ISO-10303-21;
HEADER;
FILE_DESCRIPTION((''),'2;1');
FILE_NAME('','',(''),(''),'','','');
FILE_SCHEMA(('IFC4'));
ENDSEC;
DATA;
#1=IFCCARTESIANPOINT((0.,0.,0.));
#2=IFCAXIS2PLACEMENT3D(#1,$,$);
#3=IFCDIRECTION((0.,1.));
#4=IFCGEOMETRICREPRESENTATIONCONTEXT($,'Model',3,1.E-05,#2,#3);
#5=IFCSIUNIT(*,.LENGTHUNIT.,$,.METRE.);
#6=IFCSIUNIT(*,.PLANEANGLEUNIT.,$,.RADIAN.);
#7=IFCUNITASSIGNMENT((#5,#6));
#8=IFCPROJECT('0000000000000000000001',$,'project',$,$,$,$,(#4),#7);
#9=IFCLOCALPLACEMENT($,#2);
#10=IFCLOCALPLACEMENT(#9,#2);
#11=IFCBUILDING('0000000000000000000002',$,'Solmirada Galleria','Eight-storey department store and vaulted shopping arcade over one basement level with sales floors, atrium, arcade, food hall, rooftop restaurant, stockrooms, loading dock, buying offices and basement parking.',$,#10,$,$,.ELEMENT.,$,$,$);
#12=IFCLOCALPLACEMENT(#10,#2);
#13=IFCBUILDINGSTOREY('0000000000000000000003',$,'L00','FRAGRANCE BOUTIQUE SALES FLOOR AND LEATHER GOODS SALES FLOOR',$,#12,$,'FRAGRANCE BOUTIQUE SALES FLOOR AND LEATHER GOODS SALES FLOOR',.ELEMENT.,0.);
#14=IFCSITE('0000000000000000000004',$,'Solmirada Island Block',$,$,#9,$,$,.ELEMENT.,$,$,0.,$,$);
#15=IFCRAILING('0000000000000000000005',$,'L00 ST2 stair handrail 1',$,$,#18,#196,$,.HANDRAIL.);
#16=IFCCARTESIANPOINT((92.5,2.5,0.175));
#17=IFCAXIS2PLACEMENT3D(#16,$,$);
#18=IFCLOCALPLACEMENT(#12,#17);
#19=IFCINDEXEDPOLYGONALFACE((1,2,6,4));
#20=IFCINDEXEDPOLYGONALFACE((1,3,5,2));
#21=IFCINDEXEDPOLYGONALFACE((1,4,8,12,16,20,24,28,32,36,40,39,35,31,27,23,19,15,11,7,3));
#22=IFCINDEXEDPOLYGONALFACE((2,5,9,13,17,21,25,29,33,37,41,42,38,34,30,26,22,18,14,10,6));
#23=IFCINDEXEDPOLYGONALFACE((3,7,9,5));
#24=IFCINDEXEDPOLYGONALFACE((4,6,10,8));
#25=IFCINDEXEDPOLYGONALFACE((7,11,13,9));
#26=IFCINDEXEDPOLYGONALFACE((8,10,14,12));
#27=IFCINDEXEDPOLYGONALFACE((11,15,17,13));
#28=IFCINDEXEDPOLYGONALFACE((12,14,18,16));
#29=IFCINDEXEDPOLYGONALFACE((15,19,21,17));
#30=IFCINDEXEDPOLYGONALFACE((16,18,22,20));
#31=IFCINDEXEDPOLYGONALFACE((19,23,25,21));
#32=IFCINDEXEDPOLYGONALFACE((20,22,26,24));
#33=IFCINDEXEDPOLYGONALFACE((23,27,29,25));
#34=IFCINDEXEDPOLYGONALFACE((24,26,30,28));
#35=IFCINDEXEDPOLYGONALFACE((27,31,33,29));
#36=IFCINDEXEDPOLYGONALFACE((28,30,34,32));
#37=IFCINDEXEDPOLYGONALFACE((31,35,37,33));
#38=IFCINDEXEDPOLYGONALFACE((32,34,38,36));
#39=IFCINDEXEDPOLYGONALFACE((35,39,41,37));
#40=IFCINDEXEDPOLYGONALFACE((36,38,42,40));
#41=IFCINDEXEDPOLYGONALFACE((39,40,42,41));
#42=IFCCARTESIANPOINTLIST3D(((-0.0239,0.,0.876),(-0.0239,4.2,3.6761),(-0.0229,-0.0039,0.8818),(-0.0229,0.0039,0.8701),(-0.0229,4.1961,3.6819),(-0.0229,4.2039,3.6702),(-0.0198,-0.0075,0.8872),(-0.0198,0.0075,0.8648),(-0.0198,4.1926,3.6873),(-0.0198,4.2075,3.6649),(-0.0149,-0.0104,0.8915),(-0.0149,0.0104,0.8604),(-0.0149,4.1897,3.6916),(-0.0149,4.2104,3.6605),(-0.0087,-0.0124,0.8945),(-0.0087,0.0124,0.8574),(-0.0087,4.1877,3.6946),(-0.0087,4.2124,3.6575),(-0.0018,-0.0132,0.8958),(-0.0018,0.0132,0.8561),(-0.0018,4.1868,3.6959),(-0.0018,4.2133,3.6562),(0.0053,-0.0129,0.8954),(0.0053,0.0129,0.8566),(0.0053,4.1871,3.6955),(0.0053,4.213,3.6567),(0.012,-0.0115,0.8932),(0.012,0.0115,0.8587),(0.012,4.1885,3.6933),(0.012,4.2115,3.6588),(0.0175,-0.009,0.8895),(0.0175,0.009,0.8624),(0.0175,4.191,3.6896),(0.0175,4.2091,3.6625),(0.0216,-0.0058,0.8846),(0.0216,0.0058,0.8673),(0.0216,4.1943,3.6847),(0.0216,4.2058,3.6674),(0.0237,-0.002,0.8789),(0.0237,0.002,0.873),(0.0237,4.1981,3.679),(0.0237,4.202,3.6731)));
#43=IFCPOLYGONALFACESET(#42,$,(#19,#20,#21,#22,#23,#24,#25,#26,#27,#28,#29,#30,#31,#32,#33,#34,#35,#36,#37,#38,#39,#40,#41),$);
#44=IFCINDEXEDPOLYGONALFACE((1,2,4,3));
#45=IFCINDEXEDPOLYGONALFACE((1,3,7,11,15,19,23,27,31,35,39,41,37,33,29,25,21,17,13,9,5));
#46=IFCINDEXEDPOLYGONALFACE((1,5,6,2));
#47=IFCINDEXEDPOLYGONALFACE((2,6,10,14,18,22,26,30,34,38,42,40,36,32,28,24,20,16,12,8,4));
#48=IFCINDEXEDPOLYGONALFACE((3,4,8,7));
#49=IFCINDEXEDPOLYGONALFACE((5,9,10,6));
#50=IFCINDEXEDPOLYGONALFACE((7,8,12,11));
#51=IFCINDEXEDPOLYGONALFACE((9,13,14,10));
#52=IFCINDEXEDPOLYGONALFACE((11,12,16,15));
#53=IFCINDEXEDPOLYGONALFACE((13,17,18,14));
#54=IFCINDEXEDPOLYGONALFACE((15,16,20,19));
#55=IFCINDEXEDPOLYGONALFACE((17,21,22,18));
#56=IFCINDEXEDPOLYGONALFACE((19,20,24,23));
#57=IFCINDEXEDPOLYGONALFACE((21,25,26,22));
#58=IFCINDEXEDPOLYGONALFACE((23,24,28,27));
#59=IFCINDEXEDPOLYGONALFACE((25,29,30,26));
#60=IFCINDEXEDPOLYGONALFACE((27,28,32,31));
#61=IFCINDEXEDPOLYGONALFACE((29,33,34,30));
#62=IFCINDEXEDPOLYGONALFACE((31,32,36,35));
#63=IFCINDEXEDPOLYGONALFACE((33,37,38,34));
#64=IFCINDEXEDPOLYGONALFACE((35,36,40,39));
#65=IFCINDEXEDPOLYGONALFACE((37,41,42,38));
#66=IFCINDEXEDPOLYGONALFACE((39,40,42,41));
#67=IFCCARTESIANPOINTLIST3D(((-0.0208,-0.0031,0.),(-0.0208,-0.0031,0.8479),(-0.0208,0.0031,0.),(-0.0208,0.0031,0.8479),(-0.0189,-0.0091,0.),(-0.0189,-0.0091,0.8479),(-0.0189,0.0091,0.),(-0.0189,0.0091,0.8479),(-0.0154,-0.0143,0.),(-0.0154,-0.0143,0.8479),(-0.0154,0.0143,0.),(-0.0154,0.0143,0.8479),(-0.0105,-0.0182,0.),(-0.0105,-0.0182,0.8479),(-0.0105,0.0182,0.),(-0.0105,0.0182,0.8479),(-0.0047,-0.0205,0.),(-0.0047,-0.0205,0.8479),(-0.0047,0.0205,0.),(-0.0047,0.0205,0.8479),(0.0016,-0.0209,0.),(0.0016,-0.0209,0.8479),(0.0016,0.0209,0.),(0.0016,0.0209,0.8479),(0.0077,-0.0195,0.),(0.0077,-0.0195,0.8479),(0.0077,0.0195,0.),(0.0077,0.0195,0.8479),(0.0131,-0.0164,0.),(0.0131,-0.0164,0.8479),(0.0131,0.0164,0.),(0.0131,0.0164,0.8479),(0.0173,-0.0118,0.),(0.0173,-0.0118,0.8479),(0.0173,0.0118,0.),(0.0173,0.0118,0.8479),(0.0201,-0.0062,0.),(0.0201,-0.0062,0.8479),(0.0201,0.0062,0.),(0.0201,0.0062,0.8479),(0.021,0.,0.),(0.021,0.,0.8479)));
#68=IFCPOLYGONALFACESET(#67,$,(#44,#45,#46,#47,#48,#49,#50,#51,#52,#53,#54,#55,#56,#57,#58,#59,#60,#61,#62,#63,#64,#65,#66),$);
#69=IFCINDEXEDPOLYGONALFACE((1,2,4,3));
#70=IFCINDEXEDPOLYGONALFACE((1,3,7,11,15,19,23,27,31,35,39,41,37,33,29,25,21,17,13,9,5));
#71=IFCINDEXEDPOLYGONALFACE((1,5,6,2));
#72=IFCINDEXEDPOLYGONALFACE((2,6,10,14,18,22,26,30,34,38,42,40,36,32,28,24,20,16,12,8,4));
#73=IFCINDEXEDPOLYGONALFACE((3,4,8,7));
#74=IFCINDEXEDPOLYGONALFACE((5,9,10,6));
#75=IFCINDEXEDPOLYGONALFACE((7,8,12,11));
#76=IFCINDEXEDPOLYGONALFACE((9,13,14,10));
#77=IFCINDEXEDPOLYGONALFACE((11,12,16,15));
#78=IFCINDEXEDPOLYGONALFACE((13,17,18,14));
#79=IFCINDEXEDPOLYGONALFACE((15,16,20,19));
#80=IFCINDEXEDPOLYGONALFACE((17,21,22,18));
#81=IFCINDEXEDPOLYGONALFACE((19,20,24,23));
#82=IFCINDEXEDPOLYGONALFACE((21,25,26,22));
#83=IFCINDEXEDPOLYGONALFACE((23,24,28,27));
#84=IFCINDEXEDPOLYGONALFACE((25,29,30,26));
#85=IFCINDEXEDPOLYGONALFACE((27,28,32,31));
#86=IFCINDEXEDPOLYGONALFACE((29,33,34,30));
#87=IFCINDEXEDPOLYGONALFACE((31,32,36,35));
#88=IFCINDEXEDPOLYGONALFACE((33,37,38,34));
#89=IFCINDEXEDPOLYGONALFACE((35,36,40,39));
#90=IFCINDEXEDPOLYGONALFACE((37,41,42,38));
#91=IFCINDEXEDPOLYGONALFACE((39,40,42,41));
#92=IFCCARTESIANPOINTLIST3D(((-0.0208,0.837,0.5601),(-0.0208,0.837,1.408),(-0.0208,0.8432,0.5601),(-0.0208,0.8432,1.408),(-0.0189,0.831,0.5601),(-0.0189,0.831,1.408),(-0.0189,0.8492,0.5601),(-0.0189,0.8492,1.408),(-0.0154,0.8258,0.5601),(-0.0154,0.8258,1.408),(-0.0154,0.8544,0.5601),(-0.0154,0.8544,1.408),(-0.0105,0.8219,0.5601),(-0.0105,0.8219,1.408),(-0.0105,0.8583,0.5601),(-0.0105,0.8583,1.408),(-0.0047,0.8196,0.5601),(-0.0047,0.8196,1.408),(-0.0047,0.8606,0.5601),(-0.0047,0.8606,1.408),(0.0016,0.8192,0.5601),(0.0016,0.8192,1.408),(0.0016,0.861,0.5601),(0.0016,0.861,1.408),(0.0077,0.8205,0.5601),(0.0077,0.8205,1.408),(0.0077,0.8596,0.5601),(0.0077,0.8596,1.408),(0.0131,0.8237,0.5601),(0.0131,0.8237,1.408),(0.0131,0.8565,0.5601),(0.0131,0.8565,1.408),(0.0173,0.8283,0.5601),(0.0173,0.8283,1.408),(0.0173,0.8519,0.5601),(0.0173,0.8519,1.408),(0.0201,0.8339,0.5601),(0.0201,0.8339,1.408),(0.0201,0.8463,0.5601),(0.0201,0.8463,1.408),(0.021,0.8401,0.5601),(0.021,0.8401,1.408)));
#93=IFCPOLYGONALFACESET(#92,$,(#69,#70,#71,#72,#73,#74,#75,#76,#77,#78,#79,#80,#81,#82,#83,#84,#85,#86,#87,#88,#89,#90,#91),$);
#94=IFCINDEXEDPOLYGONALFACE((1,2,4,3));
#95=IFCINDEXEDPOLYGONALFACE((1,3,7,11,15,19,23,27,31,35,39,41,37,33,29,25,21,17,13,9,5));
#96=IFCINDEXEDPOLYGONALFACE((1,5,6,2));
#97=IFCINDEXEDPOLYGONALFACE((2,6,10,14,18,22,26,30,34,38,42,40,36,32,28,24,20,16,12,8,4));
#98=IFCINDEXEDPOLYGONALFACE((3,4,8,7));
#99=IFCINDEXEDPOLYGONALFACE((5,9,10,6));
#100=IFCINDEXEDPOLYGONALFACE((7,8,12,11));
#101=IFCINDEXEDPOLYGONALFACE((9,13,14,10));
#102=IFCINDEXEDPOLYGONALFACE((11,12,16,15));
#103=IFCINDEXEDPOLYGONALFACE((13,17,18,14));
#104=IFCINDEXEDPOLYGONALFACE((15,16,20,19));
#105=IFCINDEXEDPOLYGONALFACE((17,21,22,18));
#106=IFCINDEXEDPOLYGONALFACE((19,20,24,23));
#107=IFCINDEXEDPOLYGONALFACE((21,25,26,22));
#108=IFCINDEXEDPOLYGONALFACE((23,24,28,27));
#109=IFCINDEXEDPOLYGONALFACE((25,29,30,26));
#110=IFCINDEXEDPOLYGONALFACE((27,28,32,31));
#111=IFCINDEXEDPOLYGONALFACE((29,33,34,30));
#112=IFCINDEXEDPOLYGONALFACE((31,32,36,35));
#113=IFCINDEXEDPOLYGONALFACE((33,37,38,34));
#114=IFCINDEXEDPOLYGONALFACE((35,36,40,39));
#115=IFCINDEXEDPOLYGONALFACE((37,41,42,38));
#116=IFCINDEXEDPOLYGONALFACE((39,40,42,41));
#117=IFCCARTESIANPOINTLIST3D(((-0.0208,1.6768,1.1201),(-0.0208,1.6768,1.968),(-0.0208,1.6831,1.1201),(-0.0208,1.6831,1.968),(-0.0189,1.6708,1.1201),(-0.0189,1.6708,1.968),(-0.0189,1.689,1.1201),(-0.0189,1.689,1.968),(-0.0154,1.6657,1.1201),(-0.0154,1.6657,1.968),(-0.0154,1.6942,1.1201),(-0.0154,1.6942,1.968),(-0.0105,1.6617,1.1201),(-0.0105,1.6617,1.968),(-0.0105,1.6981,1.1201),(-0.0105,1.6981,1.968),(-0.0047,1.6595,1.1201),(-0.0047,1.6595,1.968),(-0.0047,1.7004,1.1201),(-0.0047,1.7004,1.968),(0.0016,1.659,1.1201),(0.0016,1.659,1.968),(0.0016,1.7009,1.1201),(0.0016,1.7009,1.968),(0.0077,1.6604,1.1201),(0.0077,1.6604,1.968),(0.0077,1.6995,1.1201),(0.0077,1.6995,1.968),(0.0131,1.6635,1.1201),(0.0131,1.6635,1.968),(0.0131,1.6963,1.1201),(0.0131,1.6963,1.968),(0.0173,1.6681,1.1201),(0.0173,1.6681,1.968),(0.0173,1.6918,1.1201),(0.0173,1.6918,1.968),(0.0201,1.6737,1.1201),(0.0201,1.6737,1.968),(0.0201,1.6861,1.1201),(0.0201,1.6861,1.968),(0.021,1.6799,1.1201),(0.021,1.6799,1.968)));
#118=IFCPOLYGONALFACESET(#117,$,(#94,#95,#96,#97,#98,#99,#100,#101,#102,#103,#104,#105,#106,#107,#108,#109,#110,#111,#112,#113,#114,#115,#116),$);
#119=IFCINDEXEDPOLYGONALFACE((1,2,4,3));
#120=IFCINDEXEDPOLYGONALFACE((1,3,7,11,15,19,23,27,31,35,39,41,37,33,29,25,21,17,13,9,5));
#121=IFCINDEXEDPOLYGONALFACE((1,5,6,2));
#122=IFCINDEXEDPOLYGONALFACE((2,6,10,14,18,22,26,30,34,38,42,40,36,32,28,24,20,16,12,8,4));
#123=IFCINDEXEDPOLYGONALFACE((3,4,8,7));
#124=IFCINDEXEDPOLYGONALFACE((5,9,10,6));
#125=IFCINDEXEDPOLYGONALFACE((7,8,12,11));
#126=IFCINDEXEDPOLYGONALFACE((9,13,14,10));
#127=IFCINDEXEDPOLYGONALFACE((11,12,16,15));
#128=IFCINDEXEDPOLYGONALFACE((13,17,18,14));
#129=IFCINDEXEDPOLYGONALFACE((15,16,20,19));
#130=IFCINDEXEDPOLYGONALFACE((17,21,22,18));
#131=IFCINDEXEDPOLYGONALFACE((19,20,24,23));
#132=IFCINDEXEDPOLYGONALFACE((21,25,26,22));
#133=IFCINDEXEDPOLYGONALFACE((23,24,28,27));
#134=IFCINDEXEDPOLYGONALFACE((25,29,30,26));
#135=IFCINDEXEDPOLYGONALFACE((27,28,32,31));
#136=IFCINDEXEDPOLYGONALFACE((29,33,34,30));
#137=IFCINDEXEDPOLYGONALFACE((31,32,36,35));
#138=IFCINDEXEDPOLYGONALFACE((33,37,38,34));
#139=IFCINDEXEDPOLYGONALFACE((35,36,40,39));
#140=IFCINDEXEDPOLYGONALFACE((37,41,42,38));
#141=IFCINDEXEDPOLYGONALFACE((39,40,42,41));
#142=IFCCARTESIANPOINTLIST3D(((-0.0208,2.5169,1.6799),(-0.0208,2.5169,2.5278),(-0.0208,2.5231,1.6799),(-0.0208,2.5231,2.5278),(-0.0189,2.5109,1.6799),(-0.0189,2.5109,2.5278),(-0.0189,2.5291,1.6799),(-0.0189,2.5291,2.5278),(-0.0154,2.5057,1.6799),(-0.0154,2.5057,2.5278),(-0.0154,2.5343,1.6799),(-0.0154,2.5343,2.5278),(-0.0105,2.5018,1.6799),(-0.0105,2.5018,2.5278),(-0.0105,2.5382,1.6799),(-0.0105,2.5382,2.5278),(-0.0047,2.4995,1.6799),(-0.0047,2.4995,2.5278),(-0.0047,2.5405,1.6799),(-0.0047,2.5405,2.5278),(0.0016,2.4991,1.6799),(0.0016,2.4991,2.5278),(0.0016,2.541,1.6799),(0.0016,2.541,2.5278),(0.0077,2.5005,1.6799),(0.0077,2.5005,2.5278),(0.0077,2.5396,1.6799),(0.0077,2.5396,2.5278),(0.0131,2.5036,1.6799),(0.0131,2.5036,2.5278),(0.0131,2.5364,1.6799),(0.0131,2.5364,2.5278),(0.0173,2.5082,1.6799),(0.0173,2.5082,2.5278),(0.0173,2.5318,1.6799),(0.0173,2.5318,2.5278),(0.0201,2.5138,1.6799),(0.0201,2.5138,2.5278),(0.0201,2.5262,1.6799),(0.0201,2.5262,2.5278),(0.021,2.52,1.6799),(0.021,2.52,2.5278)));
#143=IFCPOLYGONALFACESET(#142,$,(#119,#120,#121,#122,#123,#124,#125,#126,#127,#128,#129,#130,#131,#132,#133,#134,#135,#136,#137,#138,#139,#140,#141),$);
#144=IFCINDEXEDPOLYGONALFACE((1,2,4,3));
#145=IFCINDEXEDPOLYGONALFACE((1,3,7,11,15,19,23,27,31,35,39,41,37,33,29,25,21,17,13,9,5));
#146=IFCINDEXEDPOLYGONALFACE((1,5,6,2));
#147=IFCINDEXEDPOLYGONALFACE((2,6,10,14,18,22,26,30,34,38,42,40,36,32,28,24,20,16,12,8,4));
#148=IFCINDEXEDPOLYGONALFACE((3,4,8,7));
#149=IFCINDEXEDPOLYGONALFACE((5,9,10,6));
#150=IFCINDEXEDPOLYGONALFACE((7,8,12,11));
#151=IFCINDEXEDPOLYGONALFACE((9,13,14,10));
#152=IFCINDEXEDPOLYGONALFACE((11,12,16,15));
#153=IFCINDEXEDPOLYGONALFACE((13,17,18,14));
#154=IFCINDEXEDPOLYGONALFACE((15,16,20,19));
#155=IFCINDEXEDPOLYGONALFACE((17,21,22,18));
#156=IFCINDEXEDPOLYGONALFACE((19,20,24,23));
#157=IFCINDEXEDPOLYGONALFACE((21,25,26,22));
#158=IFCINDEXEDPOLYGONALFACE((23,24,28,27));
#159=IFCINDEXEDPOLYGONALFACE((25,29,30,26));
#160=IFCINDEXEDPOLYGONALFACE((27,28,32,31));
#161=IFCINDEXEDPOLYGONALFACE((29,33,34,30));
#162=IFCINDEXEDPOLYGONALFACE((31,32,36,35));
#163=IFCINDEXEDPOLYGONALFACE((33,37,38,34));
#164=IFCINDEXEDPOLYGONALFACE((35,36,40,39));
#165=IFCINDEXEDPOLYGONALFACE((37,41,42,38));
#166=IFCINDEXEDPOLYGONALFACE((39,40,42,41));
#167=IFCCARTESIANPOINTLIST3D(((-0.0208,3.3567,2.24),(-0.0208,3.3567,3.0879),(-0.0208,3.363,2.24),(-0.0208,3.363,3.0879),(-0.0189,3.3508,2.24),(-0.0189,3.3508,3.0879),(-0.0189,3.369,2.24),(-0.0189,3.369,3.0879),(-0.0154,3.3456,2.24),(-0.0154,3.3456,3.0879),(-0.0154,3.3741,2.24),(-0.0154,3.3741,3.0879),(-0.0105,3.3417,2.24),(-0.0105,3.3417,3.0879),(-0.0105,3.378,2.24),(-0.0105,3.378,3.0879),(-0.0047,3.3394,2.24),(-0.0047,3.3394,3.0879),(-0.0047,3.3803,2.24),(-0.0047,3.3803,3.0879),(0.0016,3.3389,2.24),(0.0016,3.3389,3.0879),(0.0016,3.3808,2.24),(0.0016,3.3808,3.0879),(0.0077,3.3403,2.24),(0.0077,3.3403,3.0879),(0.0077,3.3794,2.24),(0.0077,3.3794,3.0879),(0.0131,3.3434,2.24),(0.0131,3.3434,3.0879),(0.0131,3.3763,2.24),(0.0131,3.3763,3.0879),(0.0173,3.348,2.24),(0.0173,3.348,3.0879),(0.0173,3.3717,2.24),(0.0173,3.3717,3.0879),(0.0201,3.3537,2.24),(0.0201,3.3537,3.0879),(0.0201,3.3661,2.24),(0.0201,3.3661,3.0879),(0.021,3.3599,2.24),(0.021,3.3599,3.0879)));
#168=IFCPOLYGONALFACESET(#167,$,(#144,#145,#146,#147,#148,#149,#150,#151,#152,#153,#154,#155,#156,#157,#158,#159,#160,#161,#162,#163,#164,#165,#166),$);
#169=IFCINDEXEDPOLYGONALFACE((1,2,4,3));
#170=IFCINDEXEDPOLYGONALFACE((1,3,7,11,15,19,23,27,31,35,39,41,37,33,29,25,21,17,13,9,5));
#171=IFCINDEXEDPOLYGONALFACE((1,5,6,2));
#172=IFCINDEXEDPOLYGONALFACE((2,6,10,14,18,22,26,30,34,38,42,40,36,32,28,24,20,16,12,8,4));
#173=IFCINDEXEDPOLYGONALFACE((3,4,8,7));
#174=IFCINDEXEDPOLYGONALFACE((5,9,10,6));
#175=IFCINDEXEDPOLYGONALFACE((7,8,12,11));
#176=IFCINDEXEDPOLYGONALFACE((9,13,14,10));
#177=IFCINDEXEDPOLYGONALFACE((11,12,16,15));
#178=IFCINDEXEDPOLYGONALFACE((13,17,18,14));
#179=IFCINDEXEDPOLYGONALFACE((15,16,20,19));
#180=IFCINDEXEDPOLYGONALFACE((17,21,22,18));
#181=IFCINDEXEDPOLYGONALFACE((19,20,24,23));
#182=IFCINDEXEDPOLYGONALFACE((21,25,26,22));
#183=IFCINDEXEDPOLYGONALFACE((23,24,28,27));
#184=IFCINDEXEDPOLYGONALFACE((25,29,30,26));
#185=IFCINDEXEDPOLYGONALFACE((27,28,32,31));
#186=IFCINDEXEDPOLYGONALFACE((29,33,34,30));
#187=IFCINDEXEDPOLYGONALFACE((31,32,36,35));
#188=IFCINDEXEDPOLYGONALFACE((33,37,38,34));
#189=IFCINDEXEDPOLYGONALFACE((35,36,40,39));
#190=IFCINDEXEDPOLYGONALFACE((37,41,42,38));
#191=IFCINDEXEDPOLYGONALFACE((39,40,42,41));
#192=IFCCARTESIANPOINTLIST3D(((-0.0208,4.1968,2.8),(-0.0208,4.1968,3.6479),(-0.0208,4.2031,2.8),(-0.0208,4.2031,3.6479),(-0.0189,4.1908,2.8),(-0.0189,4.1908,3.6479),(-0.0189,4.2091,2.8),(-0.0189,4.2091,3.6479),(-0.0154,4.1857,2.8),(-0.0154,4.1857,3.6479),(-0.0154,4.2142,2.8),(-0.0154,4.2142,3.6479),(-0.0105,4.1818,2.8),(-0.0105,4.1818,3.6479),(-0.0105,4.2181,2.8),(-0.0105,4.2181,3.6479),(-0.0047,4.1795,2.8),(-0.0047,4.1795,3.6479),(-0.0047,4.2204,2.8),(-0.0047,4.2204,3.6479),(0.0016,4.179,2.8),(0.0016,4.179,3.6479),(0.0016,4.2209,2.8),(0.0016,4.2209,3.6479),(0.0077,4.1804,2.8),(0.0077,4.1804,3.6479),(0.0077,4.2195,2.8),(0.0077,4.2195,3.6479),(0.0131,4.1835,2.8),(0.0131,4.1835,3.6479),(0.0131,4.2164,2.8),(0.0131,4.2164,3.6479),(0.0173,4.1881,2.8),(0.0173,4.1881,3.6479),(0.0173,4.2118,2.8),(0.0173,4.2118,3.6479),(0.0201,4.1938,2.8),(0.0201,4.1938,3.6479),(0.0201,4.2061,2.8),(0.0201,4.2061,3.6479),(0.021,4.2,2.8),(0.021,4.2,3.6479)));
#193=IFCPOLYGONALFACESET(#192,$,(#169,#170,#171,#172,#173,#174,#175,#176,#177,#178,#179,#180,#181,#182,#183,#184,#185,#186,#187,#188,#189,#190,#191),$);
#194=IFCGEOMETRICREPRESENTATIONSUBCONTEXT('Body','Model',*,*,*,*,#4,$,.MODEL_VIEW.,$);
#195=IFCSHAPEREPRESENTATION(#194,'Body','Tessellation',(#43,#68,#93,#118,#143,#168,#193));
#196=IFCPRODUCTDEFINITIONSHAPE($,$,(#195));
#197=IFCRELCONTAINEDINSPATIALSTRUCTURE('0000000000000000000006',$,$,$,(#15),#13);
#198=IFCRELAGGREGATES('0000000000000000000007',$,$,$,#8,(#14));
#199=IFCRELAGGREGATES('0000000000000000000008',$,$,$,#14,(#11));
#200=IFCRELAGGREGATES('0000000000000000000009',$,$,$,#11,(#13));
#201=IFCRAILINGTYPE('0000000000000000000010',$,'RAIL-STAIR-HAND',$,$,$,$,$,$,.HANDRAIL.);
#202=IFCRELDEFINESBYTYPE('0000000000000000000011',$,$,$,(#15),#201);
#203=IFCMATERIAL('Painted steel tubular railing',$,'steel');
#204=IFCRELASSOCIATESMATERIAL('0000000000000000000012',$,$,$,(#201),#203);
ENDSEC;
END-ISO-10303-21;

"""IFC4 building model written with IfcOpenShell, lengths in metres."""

from ifc_helpers import new_model, si_unit, direction, frame, origin, origin_2d, place, context, subcontext, project, spatial, circle, extrude, material, type_object, element, save


model = new_model("IFC4")

# Units and contexts
model_context = context("Model", 3, precision=1e-05, world=origin(), true_north=direction((0.0, 1.0)))
body_context = subcontext(model_context, "Body", "Model", "MODEL_VIEW")
ifc_project = project(units=[si_unit("LENGTHUNIT", "METRE"), si_unit("PLANEANGLEUNIT", "RADIAN")], contexts=[model_context])

# Site, building, storey
site_placement = place(None, origin())
site = spatial("IfcSite", under=ifc_project, at=site_placement, Name="Solmirada Island Block", CompositionType="ELEMENT", RefElevation=0.0)
building_placement = place(site_placement, origin())
building = spatial("IfcBuilding", under=site, at=building_placement, Name="Solmirada Galleria", Description="Eight-storey department store and vaulted shopping arcade over one basement level with sales floors, atrium, arcade, food hall, rooftop restaurant, stockrooms, loading dock, buying offices and basement parking.", CompositionType="ELEMENT")
storey_placement = place(building_placement, origin())
storey = spatial("IfcBuildingStorey", under=building, at=storey_placement, Name="L00", Description="FRAGRANCE BOUTIQUE SALES FLOOR AND LEATHER GOODS SALES FLOOR", LongName="FRAGRANCE BOUTIQUE SALES FLOOR AND LEATHER GOODS SALES FLOOR", CompositionType="ELEMENT", Elevation=0.0)

# Railing
ifc_material_1 = material(Name="Painted steel tubular railing", Category="steel")
railing_type = type_object("IfcRailingType", Name="RAIL-STAIR-HAND", PredefinedType="HANDRAIL", material=ifc_material_1)
railing_placement = place(storey_placement, frame((92.5, 2.5, 0.175)))
element("IfcRailing", 1, at=railing_placement, inside=storey, type_object=railing_type, Name="L00 ST2 stair handrail 1", PredefinedType="HANDRAIL", context=body_context, shape_type="SweptSolid", body=[
    extrude(circle(Radius=0.0239, at=origin_2d()), frame((0.0, 0.0, 0.876), z_axis=(0.0, 0.832043, 0.554711), x_axis=(-1.0, 0.0, 0.0)), (0.0, 0.0, 1.0), 5.0479),
    extrude(circle(Radius=0.021, at=origin_2d()), origin(), (0.0, 0.0, 1.0), 0.8479),
    extrude(circle(Radius=0.021, at=origin_2d()), frame((0.0, 0.8401, 0.5601)), (0.0, 0.0, 1.0), 0.8479),
    extrude(circle(Radius=0.021, at=origin_2d()), frame((0.0, 1.6799, 1.1201)), (0.0, 0.0, 1.0), 0.8479),
    extrude(circle(Radius=0.021, at=origin_2d()), frame((0.0, 2.52, 1.6799)), (0.0, 0.0, 1.0), 0.8479),
    extrude(circle(Radius=0.021, at=origin_2d()), frame((0.0, 3.3599, 2.24)), (0.0, 0.0, 1.0), 0.8479),
    extrude(circle(Radius=0.021, at=origin_2d()), frame((0.0, 4.2, 2.8)), (0.0, 0.0, 1.0), 0.8479),
])

save(model, "model.ifc")
